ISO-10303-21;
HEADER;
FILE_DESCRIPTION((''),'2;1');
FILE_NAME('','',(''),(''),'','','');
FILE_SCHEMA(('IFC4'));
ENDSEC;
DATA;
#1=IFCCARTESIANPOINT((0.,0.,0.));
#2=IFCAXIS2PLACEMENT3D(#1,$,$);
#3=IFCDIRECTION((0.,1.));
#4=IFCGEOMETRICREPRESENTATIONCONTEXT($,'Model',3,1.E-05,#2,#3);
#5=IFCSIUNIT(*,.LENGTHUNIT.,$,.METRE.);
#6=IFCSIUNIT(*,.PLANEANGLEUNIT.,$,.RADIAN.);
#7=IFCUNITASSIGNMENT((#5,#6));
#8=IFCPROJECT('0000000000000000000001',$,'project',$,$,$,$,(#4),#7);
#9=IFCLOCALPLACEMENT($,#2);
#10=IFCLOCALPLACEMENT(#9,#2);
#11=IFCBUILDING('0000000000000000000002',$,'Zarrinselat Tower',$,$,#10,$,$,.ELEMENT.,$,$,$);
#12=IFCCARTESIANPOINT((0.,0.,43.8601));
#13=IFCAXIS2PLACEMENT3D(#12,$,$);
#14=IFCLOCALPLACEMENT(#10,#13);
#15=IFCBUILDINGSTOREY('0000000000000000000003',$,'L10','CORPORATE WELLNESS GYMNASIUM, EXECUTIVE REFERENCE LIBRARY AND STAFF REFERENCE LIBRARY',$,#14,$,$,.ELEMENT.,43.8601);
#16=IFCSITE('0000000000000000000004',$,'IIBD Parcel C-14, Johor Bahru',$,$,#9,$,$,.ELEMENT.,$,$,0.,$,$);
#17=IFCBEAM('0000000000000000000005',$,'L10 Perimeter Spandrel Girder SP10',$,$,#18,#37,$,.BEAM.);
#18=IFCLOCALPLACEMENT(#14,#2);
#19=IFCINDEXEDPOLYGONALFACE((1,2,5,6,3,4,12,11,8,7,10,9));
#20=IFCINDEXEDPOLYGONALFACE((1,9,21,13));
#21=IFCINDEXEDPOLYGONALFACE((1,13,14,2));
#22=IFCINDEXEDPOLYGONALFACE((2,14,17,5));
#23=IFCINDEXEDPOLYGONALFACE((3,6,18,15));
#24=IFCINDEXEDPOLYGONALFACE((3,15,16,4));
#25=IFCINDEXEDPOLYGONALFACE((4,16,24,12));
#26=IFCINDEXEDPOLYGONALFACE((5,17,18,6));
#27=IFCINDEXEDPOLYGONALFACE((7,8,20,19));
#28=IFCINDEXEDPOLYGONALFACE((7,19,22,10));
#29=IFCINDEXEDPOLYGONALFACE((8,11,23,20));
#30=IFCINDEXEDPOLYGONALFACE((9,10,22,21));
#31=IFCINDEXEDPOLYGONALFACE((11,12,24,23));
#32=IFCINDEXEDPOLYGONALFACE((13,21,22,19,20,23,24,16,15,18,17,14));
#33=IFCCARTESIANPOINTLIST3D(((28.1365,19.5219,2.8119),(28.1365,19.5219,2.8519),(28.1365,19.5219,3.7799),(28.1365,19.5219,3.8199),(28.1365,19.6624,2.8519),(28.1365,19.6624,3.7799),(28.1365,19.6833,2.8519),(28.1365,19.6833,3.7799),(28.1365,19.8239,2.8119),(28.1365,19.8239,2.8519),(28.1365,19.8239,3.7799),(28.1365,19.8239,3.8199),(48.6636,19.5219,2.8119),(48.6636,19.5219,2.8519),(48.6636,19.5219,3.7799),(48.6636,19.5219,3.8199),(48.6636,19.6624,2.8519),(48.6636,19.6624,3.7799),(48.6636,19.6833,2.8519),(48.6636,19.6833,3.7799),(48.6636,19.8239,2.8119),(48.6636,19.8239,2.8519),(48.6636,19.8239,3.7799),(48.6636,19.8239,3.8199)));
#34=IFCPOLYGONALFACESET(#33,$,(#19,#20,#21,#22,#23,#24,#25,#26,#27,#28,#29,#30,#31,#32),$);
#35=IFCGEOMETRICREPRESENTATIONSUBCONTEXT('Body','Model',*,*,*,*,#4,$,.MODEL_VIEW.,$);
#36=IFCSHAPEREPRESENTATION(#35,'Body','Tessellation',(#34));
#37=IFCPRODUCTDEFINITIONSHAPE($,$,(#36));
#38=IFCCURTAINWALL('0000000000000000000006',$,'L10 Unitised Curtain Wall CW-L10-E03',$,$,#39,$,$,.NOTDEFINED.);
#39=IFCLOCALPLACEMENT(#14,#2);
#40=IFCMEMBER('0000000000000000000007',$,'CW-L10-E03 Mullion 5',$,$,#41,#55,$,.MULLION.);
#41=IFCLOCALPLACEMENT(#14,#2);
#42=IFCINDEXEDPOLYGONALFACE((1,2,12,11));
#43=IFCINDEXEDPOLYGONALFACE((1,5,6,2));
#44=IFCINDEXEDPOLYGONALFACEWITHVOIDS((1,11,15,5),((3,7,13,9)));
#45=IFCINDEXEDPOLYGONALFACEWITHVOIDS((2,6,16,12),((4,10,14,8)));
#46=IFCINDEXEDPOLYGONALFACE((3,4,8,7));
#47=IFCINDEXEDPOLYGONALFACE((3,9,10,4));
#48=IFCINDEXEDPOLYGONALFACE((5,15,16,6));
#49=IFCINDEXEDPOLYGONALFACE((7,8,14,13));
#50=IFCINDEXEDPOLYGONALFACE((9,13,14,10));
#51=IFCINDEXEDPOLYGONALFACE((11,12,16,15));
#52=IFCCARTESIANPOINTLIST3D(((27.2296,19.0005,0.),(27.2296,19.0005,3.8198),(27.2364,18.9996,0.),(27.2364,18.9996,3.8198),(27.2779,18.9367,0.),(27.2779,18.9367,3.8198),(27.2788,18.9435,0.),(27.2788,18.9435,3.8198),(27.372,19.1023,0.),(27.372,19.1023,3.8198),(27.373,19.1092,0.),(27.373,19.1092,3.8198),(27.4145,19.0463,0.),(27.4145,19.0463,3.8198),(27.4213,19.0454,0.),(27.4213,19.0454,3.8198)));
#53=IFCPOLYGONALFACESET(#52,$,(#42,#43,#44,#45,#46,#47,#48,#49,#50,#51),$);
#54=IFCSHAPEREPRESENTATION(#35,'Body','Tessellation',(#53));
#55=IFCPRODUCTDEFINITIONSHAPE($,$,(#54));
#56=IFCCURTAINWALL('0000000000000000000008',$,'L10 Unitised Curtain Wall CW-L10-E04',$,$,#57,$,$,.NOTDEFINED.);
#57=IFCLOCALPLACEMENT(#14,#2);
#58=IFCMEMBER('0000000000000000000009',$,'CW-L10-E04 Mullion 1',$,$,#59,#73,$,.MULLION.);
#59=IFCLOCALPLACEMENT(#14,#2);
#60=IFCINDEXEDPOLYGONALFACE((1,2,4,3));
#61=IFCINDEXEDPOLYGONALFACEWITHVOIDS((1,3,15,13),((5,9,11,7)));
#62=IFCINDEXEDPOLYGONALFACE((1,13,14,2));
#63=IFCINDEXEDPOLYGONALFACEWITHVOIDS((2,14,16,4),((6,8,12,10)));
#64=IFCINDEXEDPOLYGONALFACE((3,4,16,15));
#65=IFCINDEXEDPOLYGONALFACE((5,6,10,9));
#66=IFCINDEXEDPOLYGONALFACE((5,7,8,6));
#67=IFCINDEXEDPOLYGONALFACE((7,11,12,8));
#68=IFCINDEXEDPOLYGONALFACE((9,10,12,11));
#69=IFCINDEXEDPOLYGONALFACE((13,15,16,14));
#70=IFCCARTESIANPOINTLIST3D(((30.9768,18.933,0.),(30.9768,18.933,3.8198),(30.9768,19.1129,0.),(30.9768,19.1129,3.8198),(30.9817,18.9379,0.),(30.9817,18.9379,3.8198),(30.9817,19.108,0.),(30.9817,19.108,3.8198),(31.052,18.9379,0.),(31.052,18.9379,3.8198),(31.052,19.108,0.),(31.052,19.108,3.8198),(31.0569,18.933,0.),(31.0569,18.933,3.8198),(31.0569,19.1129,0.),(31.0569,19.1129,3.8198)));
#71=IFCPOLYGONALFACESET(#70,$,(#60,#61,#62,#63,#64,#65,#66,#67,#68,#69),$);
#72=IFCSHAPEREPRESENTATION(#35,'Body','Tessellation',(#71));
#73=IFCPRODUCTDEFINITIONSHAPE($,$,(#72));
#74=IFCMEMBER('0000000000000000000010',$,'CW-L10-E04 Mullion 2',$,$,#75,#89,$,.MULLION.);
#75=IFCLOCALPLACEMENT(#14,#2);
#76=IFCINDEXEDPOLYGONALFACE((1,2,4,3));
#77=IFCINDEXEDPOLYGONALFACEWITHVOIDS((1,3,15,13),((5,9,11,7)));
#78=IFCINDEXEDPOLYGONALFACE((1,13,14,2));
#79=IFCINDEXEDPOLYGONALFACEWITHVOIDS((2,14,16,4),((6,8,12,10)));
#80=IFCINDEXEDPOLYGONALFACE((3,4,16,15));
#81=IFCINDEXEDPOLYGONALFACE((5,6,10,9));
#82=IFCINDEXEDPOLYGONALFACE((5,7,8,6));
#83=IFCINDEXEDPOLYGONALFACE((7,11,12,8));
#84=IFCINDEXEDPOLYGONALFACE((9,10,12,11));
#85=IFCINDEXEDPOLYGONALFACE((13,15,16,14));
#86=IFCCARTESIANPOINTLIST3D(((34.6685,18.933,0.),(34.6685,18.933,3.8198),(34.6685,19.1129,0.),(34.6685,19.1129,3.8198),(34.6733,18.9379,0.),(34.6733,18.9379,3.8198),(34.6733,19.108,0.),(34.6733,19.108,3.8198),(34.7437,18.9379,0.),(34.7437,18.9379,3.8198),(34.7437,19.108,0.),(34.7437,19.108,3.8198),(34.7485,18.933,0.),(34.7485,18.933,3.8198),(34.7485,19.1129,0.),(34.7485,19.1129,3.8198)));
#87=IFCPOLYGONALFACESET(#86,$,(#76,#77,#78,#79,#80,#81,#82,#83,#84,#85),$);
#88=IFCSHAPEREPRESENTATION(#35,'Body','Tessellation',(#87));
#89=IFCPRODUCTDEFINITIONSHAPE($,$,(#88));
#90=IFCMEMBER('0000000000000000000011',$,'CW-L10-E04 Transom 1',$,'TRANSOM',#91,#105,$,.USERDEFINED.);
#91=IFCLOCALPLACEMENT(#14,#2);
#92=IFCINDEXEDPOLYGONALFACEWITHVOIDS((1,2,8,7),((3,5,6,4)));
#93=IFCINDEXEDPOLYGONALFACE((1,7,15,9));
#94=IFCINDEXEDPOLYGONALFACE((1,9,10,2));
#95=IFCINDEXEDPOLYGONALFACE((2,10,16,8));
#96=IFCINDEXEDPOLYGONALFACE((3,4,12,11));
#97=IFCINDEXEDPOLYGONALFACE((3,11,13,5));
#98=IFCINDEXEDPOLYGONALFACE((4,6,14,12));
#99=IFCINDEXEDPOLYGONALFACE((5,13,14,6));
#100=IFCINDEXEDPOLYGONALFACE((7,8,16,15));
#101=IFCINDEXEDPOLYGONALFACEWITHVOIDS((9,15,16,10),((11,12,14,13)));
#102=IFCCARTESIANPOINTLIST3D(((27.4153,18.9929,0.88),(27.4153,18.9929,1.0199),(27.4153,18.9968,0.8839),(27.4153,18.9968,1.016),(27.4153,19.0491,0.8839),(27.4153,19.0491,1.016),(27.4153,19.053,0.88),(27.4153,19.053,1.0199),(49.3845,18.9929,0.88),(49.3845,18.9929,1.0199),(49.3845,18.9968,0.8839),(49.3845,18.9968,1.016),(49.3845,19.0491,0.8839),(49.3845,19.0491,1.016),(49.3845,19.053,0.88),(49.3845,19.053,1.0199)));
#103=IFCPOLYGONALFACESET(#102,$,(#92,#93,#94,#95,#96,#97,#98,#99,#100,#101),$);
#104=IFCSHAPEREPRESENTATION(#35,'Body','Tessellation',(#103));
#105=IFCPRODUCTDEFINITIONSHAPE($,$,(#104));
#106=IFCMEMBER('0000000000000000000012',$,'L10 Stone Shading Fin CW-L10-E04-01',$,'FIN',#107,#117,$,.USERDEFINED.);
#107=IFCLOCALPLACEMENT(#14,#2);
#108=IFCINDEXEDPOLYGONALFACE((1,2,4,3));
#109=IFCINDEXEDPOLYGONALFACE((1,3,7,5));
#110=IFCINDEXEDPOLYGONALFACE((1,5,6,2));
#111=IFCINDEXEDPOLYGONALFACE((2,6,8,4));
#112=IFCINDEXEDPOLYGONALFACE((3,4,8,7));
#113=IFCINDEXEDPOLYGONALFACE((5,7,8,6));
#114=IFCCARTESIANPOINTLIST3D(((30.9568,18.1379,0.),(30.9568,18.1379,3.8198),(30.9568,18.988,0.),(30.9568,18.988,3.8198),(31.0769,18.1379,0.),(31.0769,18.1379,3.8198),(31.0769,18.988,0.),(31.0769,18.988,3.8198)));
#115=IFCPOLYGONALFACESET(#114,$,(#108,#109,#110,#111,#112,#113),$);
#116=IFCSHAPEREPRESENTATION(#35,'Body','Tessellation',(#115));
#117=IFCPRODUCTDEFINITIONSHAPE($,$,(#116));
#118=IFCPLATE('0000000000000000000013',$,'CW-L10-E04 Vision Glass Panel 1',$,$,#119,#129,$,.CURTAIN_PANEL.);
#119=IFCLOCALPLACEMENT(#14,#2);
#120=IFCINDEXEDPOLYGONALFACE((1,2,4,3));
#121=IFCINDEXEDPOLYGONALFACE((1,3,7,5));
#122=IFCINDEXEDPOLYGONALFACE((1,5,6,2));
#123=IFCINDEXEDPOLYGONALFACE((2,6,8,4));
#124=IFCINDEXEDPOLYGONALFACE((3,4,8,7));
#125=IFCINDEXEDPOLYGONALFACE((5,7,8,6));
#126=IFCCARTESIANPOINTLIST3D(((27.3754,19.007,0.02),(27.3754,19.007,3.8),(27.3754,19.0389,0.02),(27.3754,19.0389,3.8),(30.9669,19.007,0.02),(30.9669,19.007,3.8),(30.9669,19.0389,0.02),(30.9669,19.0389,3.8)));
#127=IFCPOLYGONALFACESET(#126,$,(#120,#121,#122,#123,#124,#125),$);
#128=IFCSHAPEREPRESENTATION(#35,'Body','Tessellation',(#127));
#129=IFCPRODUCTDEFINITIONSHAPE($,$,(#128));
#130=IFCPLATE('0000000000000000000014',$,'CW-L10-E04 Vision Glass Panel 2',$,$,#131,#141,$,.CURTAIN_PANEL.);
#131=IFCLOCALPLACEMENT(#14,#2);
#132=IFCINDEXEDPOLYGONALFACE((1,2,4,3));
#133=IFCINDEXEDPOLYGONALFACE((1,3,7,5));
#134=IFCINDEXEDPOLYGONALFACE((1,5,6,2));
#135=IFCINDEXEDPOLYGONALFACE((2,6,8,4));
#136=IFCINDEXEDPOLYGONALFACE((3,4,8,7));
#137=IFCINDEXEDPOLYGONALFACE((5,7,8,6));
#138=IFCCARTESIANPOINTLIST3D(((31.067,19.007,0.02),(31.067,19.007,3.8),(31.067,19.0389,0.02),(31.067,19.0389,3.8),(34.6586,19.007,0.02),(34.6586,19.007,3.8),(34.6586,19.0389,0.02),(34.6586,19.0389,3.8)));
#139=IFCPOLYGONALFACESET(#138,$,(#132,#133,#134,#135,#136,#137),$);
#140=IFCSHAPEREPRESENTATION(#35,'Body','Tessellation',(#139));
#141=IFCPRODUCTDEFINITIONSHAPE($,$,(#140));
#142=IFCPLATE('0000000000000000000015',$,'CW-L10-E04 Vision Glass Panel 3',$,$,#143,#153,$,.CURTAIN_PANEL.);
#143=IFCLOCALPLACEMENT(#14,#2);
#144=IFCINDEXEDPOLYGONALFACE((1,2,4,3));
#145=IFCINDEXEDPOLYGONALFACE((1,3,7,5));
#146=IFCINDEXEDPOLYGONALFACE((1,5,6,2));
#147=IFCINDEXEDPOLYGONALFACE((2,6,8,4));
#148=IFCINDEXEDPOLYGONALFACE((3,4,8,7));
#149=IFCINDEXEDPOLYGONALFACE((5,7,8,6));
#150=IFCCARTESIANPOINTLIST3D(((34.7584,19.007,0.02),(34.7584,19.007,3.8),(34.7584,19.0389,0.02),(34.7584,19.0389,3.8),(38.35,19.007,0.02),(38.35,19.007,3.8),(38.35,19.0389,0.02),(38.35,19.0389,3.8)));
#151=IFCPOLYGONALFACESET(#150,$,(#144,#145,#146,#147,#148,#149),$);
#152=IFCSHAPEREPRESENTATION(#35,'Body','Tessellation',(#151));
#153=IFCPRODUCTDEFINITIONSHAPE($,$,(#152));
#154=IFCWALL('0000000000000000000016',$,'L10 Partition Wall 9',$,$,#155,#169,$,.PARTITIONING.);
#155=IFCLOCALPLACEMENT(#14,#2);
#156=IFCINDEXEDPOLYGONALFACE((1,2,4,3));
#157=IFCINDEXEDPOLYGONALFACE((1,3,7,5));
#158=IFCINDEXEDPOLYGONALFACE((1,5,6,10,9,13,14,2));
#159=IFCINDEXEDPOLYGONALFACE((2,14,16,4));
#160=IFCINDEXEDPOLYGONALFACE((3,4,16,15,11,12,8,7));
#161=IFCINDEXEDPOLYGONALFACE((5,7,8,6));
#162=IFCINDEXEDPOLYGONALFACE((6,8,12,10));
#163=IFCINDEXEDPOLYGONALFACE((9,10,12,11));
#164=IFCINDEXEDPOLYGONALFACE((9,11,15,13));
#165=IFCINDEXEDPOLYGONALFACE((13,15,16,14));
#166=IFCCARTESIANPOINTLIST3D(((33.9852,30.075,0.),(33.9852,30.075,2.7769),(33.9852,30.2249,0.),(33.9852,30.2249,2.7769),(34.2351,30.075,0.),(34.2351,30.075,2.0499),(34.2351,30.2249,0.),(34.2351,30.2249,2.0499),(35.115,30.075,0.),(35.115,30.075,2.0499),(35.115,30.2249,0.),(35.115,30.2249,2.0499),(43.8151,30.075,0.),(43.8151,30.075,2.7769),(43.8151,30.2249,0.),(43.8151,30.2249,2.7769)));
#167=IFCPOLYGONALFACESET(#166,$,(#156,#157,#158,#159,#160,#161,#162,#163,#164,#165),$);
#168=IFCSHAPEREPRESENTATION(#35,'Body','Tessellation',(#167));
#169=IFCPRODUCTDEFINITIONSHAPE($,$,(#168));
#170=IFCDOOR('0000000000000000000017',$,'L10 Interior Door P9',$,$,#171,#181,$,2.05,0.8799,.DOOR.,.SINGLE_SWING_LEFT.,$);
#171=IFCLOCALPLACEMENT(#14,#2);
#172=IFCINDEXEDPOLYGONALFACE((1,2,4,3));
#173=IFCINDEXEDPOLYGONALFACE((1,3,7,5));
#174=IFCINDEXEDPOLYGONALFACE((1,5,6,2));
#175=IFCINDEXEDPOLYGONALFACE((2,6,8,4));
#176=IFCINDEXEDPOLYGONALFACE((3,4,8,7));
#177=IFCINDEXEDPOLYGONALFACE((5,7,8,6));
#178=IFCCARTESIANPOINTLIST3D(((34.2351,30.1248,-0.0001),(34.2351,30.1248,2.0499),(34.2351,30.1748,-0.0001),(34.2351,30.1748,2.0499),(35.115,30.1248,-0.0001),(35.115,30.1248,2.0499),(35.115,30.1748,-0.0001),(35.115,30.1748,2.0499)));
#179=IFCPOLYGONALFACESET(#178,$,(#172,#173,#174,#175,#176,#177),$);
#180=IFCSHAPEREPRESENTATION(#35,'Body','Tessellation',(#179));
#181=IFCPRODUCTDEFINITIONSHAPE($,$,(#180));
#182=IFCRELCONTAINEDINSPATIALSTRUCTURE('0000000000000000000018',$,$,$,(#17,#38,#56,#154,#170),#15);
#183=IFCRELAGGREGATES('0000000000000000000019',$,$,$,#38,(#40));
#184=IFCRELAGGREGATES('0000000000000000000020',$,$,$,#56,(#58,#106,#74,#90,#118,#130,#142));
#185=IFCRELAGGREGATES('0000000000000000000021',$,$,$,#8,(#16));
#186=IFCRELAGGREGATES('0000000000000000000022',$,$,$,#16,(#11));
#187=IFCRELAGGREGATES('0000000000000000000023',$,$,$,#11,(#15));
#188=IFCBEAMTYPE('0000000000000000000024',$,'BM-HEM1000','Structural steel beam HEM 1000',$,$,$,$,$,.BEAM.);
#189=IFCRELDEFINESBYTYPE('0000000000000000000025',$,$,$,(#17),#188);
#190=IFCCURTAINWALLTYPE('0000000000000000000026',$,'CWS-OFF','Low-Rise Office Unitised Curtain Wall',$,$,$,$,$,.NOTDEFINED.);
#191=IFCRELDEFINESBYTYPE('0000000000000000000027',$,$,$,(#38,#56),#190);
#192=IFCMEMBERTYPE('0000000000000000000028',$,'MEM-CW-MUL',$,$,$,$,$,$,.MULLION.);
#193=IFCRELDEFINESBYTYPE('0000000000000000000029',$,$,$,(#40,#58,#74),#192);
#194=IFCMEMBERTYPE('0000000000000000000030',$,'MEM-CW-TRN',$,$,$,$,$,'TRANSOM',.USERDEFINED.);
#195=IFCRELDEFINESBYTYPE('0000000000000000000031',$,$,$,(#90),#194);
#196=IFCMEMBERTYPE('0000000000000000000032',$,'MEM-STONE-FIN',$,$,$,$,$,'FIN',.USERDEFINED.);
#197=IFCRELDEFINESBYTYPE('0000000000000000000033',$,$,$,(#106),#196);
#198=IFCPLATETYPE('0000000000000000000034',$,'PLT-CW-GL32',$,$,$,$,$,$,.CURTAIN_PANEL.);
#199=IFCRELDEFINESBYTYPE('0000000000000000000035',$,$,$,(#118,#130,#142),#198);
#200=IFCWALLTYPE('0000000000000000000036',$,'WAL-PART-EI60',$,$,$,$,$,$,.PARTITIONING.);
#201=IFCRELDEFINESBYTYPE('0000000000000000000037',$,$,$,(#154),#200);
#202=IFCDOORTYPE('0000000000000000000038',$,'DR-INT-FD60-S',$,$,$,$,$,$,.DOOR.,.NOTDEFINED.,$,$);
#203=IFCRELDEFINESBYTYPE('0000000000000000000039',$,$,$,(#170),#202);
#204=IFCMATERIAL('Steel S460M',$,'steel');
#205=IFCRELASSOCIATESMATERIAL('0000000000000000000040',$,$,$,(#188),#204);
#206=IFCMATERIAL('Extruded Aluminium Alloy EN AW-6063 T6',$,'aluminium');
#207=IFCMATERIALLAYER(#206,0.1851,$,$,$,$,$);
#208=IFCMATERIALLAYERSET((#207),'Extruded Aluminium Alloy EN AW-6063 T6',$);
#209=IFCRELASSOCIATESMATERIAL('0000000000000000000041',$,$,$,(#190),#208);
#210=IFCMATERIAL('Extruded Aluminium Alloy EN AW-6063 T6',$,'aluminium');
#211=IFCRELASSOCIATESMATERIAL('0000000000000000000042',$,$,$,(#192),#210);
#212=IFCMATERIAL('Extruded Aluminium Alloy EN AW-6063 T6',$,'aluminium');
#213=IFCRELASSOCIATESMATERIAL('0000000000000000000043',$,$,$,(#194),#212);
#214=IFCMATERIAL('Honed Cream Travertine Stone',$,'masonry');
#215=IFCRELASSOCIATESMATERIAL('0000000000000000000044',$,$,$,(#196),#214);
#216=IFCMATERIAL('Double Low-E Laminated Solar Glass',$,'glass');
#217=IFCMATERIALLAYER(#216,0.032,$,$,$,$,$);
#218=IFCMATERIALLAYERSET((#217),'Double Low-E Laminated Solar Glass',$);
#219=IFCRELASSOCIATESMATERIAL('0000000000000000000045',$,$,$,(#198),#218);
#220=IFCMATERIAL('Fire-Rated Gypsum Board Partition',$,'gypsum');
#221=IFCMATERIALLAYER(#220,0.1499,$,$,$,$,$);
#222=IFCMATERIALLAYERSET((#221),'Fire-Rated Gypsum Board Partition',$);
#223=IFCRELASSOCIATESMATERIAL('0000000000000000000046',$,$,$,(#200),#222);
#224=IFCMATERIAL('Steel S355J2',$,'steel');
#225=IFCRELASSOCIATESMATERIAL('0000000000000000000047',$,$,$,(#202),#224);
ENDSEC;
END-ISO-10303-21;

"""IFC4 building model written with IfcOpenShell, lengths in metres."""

from ifc_helpers import new_model, si_unit, direction, frame, frame_2d, origin, origin_2d, place, context, subcontext, project, spatial, rectangle, hollow_rectangle, i_section, extrude, material, layer, layer_set, material_profile, profile_set, type_object, element, fill, aggregate, save


model = new_model("IFC4")

# Units and contexts
model_context = context("Model", 3, precision=1e-05, world=origin(), true_north=direction((0.0, 1.0)))
body_context = subcontext(model_context, "Body", "Model", "MODEL_VIEW")
ifc_project = project(units=[si_unit("LENGTHUNIT", "METRE"), si_unit("PLANEANGLEUNIT", "RADIAN")], contexts=[model_context])

# Site, building, storey
site_placement = place(None, origin())
site = spatial("IfcSite", under=ifc_project, at=site_placement, Name="IIBD Parcel C-14, Johor Bahru", CompositionType="ELEMENT", RefElevation=0.0)
building_placement = place(site_placement, origin())
building = spatial("IfcBuilding", under=site, at=building_placement, Name="Zarrinselat Tower", CompositionType="ELEMENT")
storey_placement = place(building_placement, frame((0.0, 0.0, 43.8601)))
storey = spatial("IfcBuildingStorey", under=building, at=storey_placement, Name="L10", Description="CORPORATE WELLNESS GYMNASIUM, EXECUTIVE REFERENCE LIBRARY AND STAFF REFERENCE LIBRARY", CompositionType="ELEMENT", Elevation=43.8601)

# Beam
ifc_material_1 = material(Name="Steel S460M", Category="steel")
ifc_material_profile_1 = material_profile(ifc_material_1, i_section(OverallWidth=0.302, OverallDepth=1.0081, WebThickness=0.021, FlangeThickness=0.04, at=origin_2d()), Name="HEM 1000")
ifc_profile_set_1 = profile_set([ifc_material_profile_1], Name="Steel S460M")
beam_type_1 = type_object("IfcBeamType", Name="BM-HEM1000", Description="Structural steel beam HEM 1000", PredefinedType="BEAM", material=ifc_profile_set_1)
beam_1_placement = place(storey_placement, frame((28.1365, 19.6729, 3.3159), z_axis=(1.0, 0.0, 0.0), x_axis=(0.0, 1.0, 0.0)))
element("IfcBeam", 1, at=beam_1_placement, inside=storey, type_object=beam_type_1, Name="L10 Perimeter Spandrel Girder SP10", PredefinedType="BEAM", context=body_context, shape_type="SweptSolid", body=[
    extrude(i_section(OverallWidth=0.302, OverallDepth=1.0081, WebThickness=0.021, FlangeThickness=0.04, at=origin_2d()), origin(), (0.0, 0.0, 1.0), 20.5271),
])

# Curtain wall, member
ifc_material_2 = material(Name="Extruded Aluminium Alloy EN AW-6063 T6", Category="aluminium")
ifc_layer_1 = layer(ifc_material_2, 0.1851)
ifc_layer_set_1 = layer_set([ifc_layer_1], Name="Extruded Aluminium Alloy EN AW-6063 T6")
curtain_wall_type = type_object("IfcCurtainWallType", Name="CWS-OFF", Description="Low-Rise Office Unitised Curtain Wall", PredefinedType="NOTDEFINED", material=ifc_layer_set_1)
curtain_wall_1_placement = place(storey_placement, origin())
curtain_wall_1 = element("IfcCurtainWall", 2, at=curtain_wall_1_placement, inside=storey, type_object=curtain_wall_type, Name="L10 Unitised Curtain Wall CW-L10-E03", PredefinedType="NOTDEFINED")
ifc_material_3 = material(Name="Extruded Aluminium Alloy EN AW-6063 T6", Category="aluminium")
ifc_material_profile_2 = material_profile(ifc_material_3, hollow_rectangle(XDim=0.0801, YDim=0.1799, WallThickness=0.0049, at=origin_2d()), Name="RHS 180x80x5")
ifc_profile_set_2 = profile_set([ifc_material_profile_2], Name="Extruded Aluminium Alloy EN AW-6063 T6")
member_type_1 = type_object("IfcMemberType", Name="MEM-CW-MUL", PredefinedType="MULLION", material=ifc_profile_set_2)
member_1_placement = place(storey_placement, frame((27.3254, 19.0229, 0.0), z_axis=(0.0, 0.0, 1.0), x_axis=(0.603857, -0.797092, 0.0)))
member_1 = element("IfcMember", 3, at=member_1_placement, type_object=member_type_1, Name="CW-L10-E03 Mullion 5", PredefinedType="MULLION", context=body_context, shape_type="SweptSolid", body=[
    extrude(hollow_rectangle(XDim=0.0801, YDim=0.1799, WallThickness=0.0049, at=origin_2d()), origin(), (0.0, 0.0, 1.0), 3.8198),
])
aggregate(curtain_wall_1, [member_1])

# Curtain wall, members, plates
curtain_wall_2_placement = place(storey_placement, origin())
curtain_wall_2 = element("IfcCurtainWall", 4, at=curtain_wall_2_placement, inside=storey, type_object=curtain_wall_type, Name="L10 Unitised Curtain Wall CW-L10-E04", PredefinedType="NOTDEFINED")
member_2_placement = place(storey_placement, frame((31.0168, 19.0229, 0.0), z_axis=(0.0, 0.0, 1.0), x_axis=(1.0, 0.0, 0.0)))
member_2 = element("IfcMember", 5, at=member_2_placement, type_object=member_type_1, Name="CW-L10-E04 Mullion 1", PredefinedType="MULLION", context=body_context, shape_type="SweptSolid", body=[
    extrude(hollow_rectangle(XDim=0.0801, YDim=0.1799, WallThickness=0.0049, at=origin_2d()), origin(), (0.0, 0.0, 1.0), 3.8198),
])
member_3_placement = place(storey_placement, frame((34.7085, 19.0229, 0.0), z_axis=(0.0, 0.0, 1.0), x_axis=(1.0, 0.0, 0.0)))
member_3 = element("IfcMember", 6, at=member_3_placement, type_object=member_type_1, Name="CW-L10-E04 Mullion 2", PredefinedType="MULLION", context=body_context, shape_type="SweptSolid", body=[
    extrude(hollow_rectangle(XDim=0.0801, YDim=0.1799, WallThickness=0.0049, at=origin_2d()), origin(), (0.0, 0.0, 1.0), 3.8198),
])
ifc_material_4 = material(Name="Extruded Aluminium Alloy EN AW-6063 T6", Category="aluminium")
ifc_material_profile_3 = material_profile(ifc_material_4, hollow_rectangle(XDim=0.0601, YDim=0.1399, WallThickness=0.0039, at=origin_2d()), Name="RHS 140x60x4")
ifc_profile_set_3 = profile_set([ifc_material_profile_3], Name="Extruded Aluminium Alloy EN AW-6063 T6")
member_type_2 = type_object("IfcMemberType", Name="MEM-CW-TRN", ElementType="TRANSOM", PredefinedType="USERDEFINED", material=ifc_profile_set_3)
member_4_placement = place(storey_placement, frame((27.4153, 19.0229, 0.95), z_axis=(1.0, 0.0, 0.0), x_axis=(0.0, 1.0, 0.0)))
member_4 = element("IfcMember", 7, at=member_4_placement, type_object=member_type_2, Name="CW-L10-E04 Transom 1", ObjectType="TRANSOM", PredefinedType="USERDEFINED", context=body_context, shape_type="SweptSolid", body=[
    extrude(hollow_rectangle(XDim=0.0601, YDim=0.1399, WallThickness=0.0039, at=origin_2d()), origin(), (0.0, 0.0, 1.0), 21.9692),
])
ifc_material_5 = material(Name="Honed Cream Travertine Stone", Category="masonry")
ifc_material_profile_4 = material_profile(ifc_material_5, rectangle(XDim=0.1201, YDim=0.8501, at=origin_2d()), Name="FIN 850x120")
ifc_profile_set_4 = profile_set([ifc_material_profile_4], Name="Honed Cream Travertine Stone")
member_type_3 = type_object("IfcMemberType", Name="MEM-STONE-FIN", ElementType="FIN", PredefinedType="USERDEFINED", material=ifc_profile_set_4)
member_5_placement = place(storey_placement, frame((31.0168, 18.563, 0.0), z_axis=(0.0, 0.0, 1.0), x_axis=(-1.0, 0.0, 0.0)))
member_5 = element("IfcMember", 8, at=member_5_placement, type_object=member_type_3, Name="L10 Stone Shading Fin CW-L10-E04-01", ObjectType="FIN", PredefinedType="USERDEFINED", context=body_context, shape_type="SweptSolid", body=[
    extrude(rectangle(XDim=0.1201, YDim=0.8501, at=origin_2d()), origin(), (0.0, 0.0, 1.0), 3.8198),
])
ifc_material_6 = material(Name="Double Low-E Laminated Solar Glass", Category="glass")
ifc_layer_2 = layer(ifc_material_6, 0.032)
ifc_layer_set_2 = layer_set([ifc_layer_2], Name="Double Low-E Laminated Solar Glass")
plate_type = type_object("IfcPlateType", Name="PLT-CW-GL32", PredefinedType="CURTAIN_PANEL", material=ifc_layer_set_2)
plate_1_placement = place(storey_placement, frame((29.1711, 19.0229, 0.02), z_axis=(0.0, 0.0, 1.0), x_axis=(1.0, 0.0, 0.0)))
plate_1 = element("IfcPlate", 9, at=plate_1_placement, type_object=plate_type, Name="CW-L10-E04 Vision Glass Panel 1", PredefinedType="CURTAIN_PANEL", context=body_context, shape_type="SweptSolid", body=[
    extrude(rectangle(XDim=3.5916, YDim=0.032, at=origin_2d()), origin(), (0.0, 0.0, 1.0), 3.78),
])
plate_2_placement = place(storey_placement, frame((32.8628, 19.0229, 0.02), z_axis=(0.0, 0.0, 1.0), x_axis=(1.0, 0.0, 0.0)))
plate_2 = element("IfcPlate", 10, at=plate_2_placement, type_object=plate_type, Name="CW-L10-E04 Vision Glass Panel 2", PredefinedType="CURTAIN_PANEL", context=body_context, shape_type="SweptSolid", body=[
    extrude(rectangle(XDim=3.5916, YDim=0.032, at=origin_2d()), origin(), (0.0, 0.0, 1.0), 3.78),
])
plate_3_placement = place(storey_placement, frame((36.5542, 19.0229, 0.02), z_axis=(0.0, 0.0, 1.0), x_axis=(1.0, 0.0, 0.0)))
plate_3 = element("IfcPlate", 11, at=plate_3_placement, type_object=plate_type, Name="CW-L10-E04 Vision Glass Panel 3", PredefinedType="CURTAIN_PANEL", context=body_context, shape_type="SweptSolid", body=[
    extrude(rectangle(XDim=3.5916, YDim=0.032, at=origin_2d()), origin(), (0.0, 0.0, 1.0), 3.78),
])
aggregate(curtain_wall_2, [member_2, member_5, member_3, member_4, plate_1, plate_2, plate_3])

# Wall, opening, door
ifc_material_7 = material(Name="Fire-Rated Gypsum Board Partition", Category="gypsum")
ifc_layer_3 = layer(ifc_material_7, 0.1499)
ifc_layer_set_3 = layer_set([ifc_layer_3], Name="Fire-Rated Gypsum Board Partition")
wall_type = type_object("IfcWallType", Name="WAL-PART-EI60", PredefinedType="PARTITIONING", material=ifc_layer_set_3)
wall_placement = place(storey_placement, frame((33.9851, 30.1499, 0.0), z_axis=(0.0, 0.0, 1.0), x_axis=(1.0, 0.0, 0.0)))
wall = element("IfcWall", 12, at=wall_placement, inside=storey, type_object=wall_type, Name="L10 Partition Wall 9", PredefinedType="PARTITIONING", context=body_context, shape_type="SweptSolid", body=[
    extrude(rectangle(XDim=9.8298, YDim=0.1499, at=frame_2d((4.915, 0.0))), origin(), (0.0, 0.0, 1.0), 2.7769),
])
opening_placement = place(wall_placement, frame((0.25, 0.0, 0.0)))
opening = element("IfcOpeningElement", 13, at=opening_placement, cuts=wall, PredefinedType="OPENING", context=body_context, shape_type="SweptSolid", body=[
    extrude(rectangle(XDim=0.8799, YDim=2.05, at=frame_2d((0.4399, 1.0249))), frame((0.0, 0.085, 0.0), z_axis=(0.0, -1.0, 0.0), x_axis=(1.0, 0.0, 0.0)), (0.0, 0.0, 1.0), 0.1699),
])
ifc_material_8 = material(Name="Steel S355J2", Category="steel")
door_type = type_object("IfcDoorType", Name="DR-INT-FD60-S", OperationType="NOTDEFINED", PredefinedType="DOOR", material=ifc_material_8)
door_placement = place(opening_placement, origin())
door = element("IfcDoor", 14, at=door_placement, inside=storey, type_object=door_type, Name="L10 Interior Door P9", OperationType="SINGLE_SWING_LEFT", OverallHeight=2.05, OverallWidth=0.8799, PredefinedType="DOOR", context=body_context, shape_type="SweptSolid", body=[
    extrude(rectangle(XDim=0.8799, YDim=2.05, at=frame_2d((0.4399, 1.0249))), frame((0.0, 0.0249, 0.0), z_axis=(0.0, -1.0, 0.0), x_axis=(1.0, 0.0, 0.0)), (0.0, 0.0, 1.0), 0.05),
])
fill(opening, door)

save(model, "model.ifc")
